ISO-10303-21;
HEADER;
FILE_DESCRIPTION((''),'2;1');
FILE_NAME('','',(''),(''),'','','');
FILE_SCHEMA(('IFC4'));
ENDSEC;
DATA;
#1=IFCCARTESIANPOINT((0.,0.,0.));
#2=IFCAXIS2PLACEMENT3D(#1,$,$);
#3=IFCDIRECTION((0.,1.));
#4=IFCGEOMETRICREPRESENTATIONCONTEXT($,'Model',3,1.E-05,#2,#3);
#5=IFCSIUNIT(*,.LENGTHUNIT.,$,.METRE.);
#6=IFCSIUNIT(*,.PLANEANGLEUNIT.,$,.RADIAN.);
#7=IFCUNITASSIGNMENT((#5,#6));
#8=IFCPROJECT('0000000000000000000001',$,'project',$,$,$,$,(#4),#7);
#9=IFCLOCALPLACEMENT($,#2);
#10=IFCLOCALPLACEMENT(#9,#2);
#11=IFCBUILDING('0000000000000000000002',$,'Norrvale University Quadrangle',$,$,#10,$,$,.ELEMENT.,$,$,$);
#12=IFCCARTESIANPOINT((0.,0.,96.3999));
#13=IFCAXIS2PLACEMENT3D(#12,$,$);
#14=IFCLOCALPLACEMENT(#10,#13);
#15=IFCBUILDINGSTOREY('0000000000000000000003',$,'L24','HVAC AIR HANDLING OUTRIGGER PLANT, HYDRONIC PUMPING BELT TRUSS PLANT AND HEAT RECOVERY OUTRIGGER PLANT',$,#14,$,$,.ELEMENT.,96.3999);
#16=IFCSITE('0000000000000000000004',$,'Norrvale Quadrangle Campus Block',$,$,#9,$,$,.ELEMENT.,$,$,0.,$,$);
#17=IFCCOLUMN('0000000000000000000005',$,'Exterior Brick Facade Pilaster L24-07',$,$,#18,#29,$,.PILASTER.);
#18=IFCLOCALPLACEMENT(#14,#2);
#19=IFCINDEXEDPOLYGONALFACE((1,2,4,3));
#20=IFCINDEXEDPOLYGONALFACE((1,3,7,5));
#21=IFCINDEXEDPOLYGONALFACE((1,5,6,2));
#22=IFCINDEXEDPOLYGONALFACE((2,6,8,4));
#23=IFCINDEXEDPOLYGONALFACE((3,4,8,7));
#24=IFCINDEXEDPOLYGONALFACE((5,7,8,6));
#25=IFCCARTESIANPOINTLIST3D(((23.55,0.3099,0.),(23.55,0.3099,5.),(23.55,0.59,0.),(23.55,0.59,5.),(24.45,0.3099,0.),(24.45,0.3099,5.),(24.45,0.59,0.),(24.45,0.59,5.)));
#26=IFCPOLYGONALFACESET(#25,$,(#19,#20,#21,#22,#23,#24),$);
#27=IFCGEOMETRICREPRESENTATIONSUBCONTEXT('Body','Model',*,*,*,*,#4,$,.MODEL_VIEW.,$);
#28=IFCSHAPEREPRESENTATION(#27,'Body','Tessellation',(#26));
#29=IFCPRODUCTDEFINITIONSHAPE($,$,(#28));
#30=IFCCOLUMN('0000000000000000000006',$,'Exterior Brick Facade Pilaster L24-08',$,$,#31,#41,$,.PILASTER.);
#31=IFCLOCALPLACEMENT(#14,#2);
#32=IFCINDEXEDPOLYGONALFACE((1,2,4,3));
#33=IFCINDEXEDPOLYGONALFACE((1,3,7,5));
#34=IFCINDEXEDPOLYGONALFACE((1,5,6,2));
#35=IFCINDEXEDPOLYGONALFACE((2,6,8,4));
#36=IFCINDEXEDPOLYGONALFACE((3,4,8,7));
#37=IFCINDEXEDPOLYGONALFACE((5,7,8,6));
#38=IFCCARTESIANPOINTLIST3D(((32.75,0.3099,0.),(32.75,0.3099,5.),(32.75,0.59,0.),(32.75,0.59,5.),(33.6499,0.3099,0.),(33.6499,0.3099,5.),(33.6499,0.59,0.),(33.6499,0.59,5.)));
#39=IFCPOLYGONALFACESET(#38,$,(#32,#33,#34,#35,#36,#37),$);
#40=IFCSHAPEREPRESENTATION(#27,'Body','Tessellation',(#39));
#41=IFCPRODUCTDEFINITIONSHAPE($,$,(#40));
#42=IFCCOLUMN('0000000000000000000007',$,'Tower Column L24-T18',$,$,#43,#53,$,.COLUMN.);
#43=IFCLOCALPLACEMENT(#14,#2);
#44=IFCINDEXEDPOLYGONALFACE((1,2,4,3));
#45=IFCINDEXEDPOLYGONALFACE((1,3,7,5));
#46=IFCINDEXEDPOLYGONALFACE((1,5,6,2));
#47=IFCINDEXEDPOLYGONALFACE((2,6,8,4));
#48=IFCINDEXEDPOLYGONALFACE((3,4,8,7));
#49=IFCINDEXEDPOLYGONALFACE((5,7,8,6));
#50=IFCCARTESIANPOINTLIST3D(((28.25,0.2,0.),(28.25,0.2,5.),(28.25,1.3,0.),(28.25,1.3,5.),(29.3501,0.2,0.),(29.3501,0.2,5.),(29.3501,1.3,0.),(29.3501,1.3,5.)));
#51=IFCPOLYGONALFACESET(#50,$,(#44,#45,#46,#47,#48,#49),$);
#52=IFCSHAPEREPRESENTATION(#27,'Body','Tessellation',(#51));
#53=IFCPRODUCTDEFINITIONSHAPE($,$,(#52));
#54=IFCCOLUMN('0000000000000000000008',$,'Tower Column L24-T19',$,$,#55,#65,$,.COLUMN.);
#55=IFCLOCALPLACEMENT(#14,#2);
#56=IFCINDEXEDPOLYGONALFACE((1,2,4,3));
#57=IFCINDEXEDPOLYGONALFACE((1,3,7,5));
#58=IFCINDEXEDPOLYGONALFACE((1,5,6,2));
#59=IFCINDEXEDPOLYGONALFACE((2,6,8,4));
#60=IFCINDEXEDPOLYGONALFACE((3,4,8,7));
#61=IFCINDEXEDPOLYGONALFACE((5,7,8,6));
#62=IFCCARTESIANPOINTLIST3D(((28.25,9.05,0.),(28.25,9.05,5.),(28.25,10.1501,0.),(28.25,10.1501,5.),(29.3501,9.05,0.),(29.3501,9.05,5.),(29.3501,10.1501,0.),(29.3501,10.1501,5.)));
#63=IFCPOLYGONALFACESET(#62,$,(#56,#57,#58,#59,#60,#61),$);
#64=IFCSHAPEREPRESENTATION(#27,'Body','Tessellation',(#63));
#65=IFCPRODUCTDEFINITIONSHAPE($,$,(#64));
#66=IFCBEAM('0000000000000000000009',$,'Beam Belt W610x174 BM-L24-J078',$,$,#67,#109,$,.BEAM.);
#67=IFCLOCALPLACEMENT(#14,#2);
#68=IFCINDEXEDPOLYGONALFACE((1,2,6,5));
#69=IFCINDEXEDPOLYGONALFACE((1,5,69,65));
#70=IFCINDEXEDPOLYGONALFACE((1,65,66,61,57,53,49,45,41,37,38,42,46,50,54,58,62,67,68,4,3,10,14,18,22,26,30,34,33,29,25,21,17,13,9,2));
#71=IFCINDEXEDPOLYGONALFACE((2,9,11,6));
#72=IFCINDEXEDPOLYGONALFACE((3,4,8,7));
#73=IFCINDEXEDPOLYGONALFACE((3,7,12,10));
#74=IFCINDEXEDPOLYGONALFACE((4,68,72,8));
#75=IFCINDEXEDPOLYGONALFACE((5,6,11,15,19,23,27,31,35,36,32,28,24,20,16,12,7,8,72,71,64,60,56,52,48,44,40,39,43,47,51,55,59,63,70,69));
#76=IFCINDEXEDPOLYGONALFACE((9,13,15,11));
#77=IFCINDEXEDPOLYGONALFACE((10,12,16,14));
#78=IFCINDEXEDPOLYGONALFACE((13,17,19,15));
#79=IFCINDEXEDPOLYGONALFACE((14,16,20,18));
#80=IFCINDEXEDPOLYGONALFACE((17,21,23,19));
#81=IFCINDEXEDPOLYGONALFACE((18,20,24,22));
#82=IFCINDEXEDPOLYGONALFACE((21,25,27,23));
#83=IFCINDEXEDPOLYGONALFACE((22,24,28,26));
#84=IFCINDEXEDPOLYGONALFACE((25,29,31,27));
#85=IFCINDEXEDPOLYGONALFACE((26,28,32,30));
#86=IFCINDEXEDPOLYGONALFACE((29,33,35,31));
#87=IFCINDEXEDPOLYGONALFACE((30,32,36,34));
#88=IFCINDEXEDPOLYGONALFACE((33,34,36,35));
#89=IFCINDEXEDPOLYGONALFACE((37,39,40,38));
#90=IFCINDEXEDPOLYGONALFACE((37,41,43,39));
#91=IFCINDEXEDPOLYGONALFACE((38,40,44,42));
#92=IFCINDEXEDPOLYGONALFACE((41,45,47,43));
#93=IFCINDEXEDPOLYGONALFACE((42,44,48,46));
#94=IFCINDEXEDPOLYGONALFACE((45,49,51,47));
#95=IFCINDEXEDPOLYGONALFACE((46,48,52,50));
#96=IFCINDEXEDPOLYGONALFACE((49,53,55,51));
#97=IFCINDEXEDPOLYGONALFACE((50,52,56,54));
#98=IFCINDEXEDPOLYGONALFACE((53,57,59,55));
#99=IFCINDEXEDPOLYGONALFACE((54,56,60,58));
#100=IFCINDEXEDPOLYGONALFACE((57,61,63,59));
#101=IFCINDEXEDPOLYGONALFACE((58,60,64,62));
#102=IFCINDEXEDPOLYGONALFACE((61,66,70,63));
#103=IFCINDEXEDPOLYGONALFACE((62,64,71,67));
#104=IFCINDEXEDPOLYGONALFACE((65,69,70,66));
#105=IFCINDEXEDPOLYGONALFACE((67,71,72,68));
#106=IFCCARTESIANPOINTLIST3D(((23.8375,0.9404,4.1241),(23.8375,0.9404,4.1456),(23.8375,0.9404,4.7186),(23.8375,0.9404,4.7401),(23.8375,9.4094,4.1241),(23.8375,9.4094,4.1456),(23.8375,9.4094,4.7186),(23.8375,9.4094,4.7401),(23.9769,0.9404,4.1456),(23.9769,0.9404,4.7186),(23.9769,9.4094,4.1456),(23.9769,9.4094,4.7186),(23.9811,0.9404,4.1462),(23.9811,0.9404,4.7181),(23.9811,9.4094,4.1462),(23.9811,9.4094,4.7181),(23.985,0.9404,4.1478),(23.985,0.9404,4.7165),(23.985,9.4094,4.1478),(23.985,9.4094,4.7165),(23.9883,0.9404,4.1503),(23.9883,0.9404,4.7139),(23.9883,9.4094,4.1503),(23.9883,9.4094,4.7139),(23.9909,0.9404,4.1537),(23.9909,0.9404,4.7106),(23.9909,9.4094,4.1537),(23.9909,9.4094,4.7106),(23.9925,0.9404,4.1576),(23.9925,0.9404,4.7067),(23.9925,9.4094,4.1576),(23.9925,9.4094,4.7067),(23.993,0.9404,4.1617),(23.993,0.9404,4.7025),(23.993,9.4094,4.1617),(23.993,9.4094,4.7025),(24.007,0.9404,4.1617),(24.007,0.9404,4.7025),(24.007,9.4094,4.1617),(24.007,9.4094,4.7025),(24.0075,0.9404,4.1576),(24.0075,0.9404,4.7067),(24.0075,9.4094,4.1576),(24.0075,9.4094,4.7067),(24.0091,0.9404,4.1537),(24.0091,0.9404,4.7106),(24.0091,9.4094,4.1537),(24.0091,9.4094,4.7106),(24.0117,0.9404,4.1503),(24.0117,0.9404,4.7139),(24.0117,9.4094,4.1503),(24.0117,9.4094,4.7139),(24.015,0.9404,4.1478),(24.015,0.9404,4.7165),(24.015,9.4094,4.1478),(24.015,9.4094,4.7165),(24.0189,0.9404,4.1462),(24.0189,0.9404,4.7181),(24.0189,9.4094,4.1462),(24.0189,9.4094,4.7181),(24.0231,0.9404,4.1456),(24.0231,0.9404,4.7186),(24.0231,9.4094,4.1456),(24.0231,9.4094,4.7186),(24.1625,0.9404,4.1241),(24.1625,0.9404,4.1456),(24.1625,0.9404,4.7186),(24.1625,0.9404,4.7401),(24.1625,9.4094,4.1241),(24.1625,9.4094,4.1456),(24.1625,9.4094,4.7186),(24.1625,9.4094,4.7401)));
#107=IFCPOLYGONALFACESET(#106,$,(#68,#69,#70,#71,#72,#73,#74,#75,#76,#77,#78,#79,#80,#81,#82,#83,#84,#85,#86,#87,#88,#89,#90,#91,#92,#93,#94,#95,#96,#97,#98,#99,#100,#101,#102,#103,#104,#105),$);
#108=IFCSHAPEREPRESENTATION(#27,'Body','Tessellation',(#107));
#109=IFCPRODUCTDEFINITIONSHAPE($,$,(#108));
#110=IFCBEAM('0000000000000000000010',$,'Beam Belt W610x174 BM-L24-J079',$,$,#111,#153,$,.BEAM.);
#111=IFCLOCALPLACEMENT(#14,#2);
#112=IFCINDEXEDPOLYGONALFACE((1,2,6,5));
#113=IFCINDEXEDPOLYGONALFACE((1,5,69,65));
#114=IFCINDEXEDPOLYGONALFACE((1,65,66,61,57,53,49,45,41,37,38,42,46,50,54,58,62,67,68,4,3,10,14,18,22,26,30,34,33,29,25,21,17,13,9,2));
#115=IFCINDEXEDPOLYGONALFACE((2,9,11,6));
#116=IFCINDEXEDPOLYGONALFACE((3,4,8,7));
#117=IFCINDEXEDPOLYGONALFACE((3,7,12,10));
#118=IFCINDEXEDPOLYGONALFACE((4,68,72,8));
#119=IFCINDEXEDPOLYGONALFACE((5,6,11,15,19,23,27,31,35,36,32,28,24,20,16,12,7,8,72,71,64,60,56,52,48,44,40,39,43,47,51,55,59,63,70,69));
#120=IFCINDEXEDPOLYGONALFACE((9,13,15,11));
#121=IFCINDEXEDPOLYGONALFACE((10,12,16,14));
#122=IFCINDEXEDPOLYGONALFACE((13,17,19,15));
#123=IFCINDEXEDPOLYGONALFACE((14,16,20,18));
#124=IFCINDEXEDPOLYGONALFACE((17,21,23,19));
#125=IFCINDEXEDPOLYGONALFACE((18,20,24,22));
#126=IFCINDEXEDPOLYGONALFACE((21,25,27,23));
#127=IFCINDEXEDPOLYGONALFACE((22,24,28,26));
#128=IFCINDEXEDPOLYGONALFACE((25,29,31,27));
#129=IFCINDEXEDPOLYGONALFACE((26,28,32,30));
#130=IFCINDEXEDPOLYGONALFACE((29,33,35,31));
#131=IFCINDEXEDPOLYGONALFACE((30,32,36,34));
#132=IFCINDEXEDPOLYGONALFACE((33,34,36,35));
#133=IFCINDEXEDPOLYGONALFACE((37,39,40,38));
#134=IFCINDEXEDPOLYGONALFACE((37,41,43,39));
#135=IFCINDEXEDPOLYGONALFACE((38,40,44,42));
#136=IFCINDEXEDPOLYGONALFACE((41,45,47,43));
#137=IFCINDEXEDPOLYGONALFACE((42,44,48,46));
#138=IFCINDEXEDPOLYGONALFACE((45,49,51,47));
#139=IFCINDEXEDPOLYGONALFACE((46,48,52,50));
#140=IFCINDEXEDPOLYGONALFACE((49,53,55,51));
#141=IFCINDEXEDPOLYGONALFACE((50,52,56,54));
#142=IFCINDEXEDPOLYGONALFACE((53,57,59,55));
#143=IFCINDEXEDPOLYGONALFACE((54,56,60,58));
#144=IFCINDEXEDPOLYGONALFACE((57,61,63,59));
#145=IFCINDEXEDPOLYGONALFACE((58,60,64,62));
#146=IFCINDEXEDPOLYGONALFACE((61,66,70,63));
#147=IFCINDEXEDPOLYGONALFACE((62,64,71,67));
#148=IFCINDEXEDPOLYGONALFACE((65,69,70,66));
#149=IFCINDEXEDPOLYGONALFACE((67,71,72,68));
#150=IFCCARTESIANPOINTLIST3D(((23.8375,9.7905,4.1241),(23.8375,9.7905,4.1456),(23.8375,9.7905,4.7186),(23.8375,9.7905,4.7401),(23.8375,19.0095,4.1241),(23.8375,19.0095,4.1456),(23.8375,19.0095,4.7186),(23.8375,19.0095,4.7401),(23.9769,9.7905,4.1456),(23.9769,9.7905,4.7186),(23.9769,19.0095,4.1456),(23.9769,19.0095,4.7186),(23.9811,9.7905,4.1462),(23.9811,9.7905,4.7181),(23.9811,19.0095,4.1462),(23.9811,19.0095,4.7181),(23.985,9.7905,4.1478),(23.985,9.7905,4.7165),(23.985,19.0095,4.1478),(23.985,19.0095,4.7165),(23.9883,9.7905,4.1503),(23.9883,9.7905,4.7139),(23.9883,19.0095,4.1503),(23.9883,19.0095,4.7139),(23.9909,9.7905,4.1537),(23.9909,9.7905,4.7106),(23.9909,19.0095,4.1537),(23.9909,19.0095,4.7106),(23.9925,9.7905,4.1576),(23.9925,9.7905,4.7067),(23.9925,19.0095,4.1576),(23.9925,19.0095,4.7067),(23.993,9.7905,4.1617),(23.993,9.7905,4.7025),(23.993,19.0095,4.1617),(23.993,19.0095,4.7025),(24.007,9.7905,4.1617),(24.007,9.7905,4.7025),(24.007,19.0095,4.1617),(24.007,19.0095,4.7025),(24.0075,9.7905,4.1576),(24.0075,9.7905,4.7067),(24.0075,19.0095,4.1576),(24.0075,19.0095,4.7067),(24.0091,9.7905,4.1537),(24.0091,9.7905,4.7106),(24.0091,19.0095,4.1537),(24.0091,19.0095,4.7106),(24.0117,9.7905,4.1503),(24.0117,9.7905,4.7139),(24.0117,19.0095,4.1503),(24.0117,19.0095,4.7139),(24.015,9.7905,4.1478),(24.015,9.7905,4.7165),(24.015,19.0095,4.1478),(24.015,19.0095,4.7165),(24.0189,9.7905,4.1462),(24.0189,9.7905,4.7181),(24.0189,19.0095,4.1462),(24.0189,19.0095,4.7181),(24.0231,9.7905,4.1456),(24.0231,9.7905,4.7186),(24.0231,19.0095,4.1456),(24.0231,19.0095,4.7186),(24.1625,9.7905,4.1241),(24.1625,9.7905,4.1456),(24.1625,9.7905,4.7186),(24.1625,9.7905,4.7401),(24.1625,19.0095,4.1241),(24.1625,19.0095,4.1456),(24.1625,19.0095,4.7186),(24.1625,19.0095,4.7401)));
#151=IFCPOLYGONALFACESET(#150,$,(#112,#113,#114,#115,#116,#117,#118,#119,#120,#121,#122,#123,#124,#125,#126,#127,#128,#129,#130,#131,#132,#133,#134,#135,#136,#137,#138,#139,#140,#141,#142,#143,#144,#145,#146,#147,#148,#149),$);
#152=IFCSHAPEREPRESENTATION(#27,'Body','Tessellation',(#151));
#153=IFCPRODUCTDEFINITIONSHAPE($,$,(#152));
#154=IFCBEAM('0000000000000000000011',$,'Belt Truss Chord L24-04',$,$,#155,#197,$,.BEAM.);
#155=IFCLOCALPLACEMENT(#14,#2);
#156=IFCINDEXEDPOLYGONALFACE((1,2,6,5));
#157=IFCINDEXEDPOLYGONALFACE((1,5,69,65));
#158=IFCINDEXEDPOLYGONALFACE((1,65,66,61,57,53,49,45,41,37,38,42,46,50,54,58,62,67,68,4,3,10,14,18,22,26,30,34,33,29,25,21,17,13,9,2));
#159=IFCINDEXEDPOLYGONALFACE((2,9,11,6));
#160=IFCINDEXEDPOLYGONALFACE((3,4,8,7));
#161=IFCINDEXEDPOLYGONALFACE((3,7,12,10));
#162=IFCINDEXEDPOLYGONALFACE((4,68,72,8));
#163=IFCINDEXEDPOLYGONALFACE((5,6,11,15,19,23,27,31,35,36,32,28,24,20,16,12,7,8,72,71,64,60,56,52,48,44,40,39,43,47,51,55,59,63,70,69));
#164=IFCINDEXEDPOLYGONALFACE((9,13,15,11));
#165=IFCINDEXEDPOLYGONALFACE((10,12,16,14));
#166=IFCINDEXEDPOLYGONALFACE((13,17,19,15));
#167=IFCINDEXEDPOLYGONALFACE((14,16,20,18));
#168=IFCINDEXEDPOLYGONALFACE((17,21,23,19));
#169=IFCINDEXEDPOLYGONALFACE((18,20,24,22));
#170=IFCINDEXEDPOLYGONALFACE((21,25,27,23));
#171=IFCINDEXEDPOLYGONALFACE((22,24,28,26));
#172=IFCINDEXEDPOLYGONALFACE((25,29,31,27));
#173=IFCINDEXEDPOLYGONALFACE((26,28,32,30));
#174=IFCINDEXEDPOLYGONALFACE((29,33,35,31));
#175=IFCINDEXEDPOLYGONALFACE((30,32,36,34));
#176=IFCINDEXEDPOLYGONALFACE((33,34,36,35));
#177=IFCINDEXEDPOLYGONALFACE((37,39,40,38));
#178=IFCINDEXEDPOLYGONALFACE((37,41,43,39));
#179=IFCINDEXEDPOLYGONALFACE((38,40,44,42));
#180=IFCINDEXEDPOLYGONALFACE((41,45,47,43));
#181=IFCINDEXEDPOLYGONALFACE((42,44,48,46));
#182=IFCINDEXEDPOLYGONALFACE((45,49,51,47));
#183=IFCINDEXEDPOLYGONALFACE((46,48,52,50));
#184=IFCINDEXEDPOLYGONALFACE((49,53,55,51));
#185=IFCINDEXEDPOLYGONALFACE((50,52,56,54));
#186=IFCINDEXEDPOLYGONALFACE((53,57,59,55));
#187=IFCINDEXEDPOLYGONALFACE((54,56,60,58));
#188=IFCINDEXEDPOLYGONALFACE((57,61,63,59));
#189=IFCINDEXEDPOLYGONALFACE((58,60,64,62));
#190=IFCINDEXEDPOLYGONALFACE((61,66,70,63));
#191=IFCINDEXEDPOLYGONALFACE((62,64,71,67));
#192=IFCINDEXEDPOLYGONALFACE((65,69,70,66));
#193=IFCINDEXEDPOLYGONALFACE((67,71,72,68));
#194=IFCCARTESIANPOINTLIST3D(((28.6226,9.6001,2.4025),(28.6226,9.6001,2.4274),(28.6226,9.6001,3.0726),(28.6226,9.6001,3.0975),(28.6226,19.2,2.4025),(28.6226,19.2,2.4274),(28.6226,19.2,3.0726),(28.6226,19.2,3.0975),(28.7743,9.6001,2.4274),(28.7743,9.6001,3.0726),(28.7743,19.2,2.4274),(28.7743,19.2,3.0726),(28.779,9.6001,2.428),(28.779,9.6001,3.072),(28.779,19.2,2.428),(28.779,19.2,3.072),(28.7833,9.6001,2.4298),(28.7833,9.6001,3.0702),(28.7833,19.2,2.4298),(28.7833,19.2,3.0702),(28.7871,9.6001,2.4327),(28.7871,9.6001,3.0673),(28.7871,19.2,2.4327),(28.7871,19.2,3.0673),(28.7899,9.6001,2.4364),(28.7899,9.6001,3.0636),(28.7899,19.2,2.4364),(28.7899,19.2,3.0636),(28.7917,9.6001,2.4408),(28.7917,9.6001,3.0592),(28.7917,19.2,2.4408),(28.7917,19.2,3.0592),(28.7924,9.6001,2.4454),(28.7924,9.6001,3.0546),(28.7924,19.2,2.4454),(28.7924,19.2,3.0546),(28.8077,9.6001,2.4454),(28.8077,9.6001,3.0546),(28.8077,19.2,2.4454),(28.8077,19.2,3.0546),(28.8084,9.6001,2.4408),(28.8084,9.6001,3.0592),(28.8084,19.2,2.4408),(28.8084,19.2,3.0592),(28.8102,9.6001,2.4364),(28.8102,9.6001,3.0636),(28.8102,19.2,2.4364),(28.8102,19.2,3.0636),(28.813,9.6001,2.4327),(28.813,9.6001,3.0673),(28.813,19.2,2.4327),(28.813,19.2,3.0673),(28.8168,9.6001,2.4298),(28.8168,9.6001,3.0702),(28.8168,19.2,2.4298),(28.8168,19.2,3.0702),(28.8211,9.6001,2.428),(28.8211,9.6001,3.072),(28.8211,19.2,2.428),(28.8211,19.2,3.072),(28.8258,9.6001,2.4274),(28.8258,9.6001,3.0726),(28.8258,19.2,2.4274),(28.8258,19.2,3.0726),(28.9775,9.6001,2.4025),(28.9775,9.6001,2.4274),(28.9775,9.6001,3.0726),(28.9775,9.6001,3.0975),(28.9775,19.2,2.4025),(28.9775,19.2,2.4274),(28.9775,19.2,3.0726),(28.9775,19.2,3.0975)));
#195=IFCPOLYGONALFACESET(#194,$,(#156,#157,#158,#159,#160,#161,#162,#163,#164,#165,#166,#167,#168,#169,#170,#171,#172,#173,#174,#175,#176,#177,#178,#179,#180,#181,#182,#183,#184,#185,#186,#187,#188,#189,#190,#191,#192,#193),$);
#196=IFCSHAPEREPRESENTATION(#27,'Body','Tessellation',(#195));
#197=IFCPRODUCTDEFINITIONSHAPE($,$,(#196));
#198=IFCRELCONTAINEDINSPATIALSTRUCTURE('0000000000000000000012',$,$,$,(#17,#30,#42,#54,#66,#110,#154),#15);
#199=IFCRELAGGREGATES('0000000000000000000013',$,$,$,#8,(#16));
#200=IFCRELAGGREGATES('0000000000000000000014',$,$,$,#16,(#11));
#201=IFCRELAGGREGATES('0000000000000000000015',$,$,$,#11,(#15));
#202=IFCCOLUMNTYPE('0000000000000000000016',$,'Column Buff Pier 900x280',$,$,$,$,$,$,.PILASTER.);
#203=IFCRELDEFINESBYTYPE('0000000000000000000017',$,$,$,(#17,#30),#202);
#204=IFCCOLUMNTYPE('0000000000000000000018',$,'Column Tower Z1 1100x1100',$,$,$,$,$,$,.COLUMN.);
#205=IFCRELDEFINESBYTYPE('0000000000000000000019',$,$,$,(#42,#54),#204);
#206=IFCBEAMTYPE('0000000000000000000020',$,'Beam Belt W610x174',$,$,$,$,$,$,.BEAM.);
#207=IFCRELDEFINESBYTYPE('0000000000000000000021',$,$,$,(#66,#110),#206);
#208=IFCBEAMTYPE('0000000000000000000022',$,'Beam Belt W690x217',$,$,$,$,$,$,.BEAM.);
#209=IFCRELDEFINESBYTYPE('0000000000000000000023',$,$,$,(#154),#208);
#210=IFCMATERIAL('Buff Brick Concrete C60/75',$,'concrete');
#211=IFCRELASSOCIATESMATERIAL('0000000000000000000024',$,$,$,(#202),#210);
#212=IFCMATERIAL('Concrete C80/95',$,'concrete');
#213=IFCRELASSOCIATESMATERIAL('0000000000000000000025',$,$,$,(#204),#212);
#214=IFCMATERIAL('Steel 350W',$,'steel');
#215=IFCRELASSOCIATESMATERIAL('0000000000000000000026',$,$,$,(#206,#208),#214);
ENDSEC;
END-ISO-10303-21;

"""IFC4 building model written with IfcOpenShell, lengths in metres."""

from ifc_helpers import new_model, si_unit, direction, frame, origin, origin_2d, place, context, subcontext, project, spatial, rectangle, i_section, extrude, material, material_profile, profile_set, type_object, element, save


model = new_model("IFC4")

# Units and contexts
model_context = context("Model", 3, precision=1e-05, world=origin(), true_north=direction((0.0, 1.0)))
body_context = subcontext(model_context, "Body", "Model", "MODEL_VIEW")
ifc_project = project(units=[si_unit("LENGTHUNIT", "METRE"), si_unit("PLANEANGLEUNIT", "RADIAN")], contexts=[model_context])

# Site, building, storey
site_placement = place(None, origin())
site = spatial("IfcSite", under=ifc_project, at=site_placement, Name="Norrvale Quadrangle Campus Block", CompositionType="ELEMENT", RefElevation=0.0)
building_placement = place(site_placement, origin())
building = spatial("IfcBuilding", under=site, at=building_placement, Name="Norrvale University Quadrangle", CompositionType="ELEMENT")
storey_placement = place(building_placement, frame((0.0, 0.0, 96.3999)))
storey = spatial("IfcBuildingStorey", under=building, at=storey_placement, Name="L24", Description="HVAC AIR HANDLING OUTRIGGER PLANT, HYDRONIC PUMPING BELT TRUSS PLANT AND HEAT RECOVERY OUTRIGGER PLANT", CompositionType="ELEMENT", Elevation=96.3999)

# Columns
ifc_material_1 = material(Name="Buff Brick Concrete C60/75", Category="concrete")
ifc_material_profile_1 = material_profile(ifc_material_1, rectangle(XDim=0.8999, YDim=0.28, at=origin_2d()), Name="Buff Brick Concrete C60/75")
ifc_profile_set_1 = profile_set([ifc_material_profile_1], Name="Buff Brick Concrete C60/75")
column_type_1 = type_object("IfcColumnType", Name="Column Buff Pier 900x280", PredefinedType="PILASTER", material=ifc_profile_set_1)
for number, where, z_axis, x_axis, name in (
    (1, (24.0, 0.45, 0.0), (0.0, 0.0, 1.0), (1.0, 0.0, 0.0), "Exterior Brick Facade Pilaster L24-07"),
    (2, (33.2, 0.45, 0.0), (0.0, 0.0, 1.0), (1.0, 0.0, 0.0), "Exterior Brick Facade Pilaster L24-08"),
):
    element("IfcColumn", number, at=place(storey_placement, frame(where, z_axis=z_axis, x_axis=x_axis)), inside=storey, type_object=column_type_1, Name=name, PredefinedType="PILASTER", context=body_context, shape_type="SweptSolid", body=[
        extrude(rectangle(XDim=0.8999, YDim=0.28, at=origin_2d()), origin(), (0.0, 0.0, 1.0), 5.0),
    ])
ifc_material_2 = material(Name="Concrete C80/95", Category="concrete")
ifc_material_profile_2 = material_profile(ifc_material_2, rectangle(XDim=1.1001, YDim=1.1001, at=origin_2d()), Name="Concrete C80/95")
ifc_profile_set_2 = profile_set([ifc_material_profile_2], Name="Concrete C80/95")
column_type_2 = type_object("IfcColumnType", Name="Column Tower Z1 1100x1100", PredefinedType="COLUMN", material=ifc_profile_set_2)
for number, where, z_axis, x_axis, name in (
    (3, (28.8, 0.75, 0.0), (0.0, 0.0, 1.0), (1.0, 0.0, 0.0), "Tower Column L24-T18"),
    (4, (28.8, 9.6001, 0.0), (0.0, 0.0, 1.0), (1.0, 0.0, 0.0), "Tower Column L24-T19"),
):
    element("IfcColumn", number, at=place(storey_placement, frame(where, z_axis=z_axis, x_axis=x_axis)), inside=storey, type_object=column_type_2, Name=name, PredefinedType="COLUMN", context=body_context, shape_type="SweptSolid", body=[
        extrude(rectangle(XDim=1.1001, YDim=1.1001, at=origin_2d()), origin(), (0.0, 0.0, 1.0), 5.0),
    ])

# Beams
ifc_material_3 = material(Name="Steel 350W", Category="steel")
ifc_material_profile_3 = material_profile(ifc_material_3, i_section(OverallWidth=0.325, OverallDepth=0.616, WebThickness=0.0139, FlangeThickness=0.0215, FilletRadius=0.0161, at=origin_2d()), Name="Steel 350W")
ifc_profile_set_3 = profile_set([ifc_material_profile_3], Name="Steel 350W")
beam_type_1 = type_object("IfcBeamType", Name="Beam Belt W610x174", PredefinedType="BEAM", material=ifc_profile_set_3)
beam_1_placement = place(storey_placement, frame((24.0, 0.9404, 4.4321), z_axis=(0.0, 1.0, 0.0), x_axis=(-1.0, 0.0, 0.0)))
element("IfcBeam", 5, at=beam_1_placement, inside=storey, type_object=beam_type_1, Name="Beam Belt W610x174 BM-L24-J078", PredefinedType="BEAM", context=body_context, shape_type="SweptSolid", body=[
    extrude(i_section(OverallWidth=0.325, OverallDepth=0.616, WebThickness=0.0139, FlangeThickness=0.0215, FilletRadius=0.0161, at=origin_2d()), origin(), (0.0, 0.0, 1.0), 8.469),
])
beam_2_placement = place(storey_placement, frame((24.0, 9.7905, 4.4321), z_axis=(0.0, 1.0, 0.0), x_axis=(-1.0, 0.0, 0.0)))
element("IfcBeam", 6, at=beam_2_placement, inside=storey, type_object=beam_type_1, Name="Beam Belt W610x174 BM-L24-J079", PredefinedType="BEAM", context=body_context, shape_type="SweptSolid", body=[
    extrude(i_section(OverallWidth=0.325, OverallDepth=0.616, WebThickness=0.0139, FlangeThickness=0.0215, FilletRadius=0.0161, at=origin_2d()), origin(), (0.0, 0.0, 1.0), 9.219),
])
ifc_material_profile_4 = material_profile(ifc_material_3, i_section(OverallWidth=0.355, OverallDepth=0.6951, WebThickness=0.0154, FlangeThickness=0.0249, FilletRadius=0.0181, at=origin_2d()), Name="Steel 350W")
ifc_profile_set_4 = profile_set([ifc_material_profile_4], Name="Steel 350W")
beam_type_2 = type_object("IfcBeamType", Name="Beam Belt W690x217", PredefinedType="BEAM", material=ifc_profile_set_4)
beam_3_placement = place(storey_placement, frame((28.8, 9.6001, 2.75), z_axis=(0.0, 1.0, 0.0), x_axis=(-1.0, 0.0, 0.0)))
element("IfcBeam", 7, at=beam_3_placement, inside=storey, type_object=beam_type_2, Name="Belt Truss Chord L24-04", PredefinedType="BEAM", context=body_context, shape_type="SweptSolid", body=[
    extrude(i_section(OverallWidth=0.355, OverallDepth=0.6951, WebThickness=0.0154, FlangeThickness=0.0249, FilletRadius=0.0181, at=origin_2d()), origin(), (0.0, 0.0, 1.0), 9.5999),
])

save(model, "model.ifc")
